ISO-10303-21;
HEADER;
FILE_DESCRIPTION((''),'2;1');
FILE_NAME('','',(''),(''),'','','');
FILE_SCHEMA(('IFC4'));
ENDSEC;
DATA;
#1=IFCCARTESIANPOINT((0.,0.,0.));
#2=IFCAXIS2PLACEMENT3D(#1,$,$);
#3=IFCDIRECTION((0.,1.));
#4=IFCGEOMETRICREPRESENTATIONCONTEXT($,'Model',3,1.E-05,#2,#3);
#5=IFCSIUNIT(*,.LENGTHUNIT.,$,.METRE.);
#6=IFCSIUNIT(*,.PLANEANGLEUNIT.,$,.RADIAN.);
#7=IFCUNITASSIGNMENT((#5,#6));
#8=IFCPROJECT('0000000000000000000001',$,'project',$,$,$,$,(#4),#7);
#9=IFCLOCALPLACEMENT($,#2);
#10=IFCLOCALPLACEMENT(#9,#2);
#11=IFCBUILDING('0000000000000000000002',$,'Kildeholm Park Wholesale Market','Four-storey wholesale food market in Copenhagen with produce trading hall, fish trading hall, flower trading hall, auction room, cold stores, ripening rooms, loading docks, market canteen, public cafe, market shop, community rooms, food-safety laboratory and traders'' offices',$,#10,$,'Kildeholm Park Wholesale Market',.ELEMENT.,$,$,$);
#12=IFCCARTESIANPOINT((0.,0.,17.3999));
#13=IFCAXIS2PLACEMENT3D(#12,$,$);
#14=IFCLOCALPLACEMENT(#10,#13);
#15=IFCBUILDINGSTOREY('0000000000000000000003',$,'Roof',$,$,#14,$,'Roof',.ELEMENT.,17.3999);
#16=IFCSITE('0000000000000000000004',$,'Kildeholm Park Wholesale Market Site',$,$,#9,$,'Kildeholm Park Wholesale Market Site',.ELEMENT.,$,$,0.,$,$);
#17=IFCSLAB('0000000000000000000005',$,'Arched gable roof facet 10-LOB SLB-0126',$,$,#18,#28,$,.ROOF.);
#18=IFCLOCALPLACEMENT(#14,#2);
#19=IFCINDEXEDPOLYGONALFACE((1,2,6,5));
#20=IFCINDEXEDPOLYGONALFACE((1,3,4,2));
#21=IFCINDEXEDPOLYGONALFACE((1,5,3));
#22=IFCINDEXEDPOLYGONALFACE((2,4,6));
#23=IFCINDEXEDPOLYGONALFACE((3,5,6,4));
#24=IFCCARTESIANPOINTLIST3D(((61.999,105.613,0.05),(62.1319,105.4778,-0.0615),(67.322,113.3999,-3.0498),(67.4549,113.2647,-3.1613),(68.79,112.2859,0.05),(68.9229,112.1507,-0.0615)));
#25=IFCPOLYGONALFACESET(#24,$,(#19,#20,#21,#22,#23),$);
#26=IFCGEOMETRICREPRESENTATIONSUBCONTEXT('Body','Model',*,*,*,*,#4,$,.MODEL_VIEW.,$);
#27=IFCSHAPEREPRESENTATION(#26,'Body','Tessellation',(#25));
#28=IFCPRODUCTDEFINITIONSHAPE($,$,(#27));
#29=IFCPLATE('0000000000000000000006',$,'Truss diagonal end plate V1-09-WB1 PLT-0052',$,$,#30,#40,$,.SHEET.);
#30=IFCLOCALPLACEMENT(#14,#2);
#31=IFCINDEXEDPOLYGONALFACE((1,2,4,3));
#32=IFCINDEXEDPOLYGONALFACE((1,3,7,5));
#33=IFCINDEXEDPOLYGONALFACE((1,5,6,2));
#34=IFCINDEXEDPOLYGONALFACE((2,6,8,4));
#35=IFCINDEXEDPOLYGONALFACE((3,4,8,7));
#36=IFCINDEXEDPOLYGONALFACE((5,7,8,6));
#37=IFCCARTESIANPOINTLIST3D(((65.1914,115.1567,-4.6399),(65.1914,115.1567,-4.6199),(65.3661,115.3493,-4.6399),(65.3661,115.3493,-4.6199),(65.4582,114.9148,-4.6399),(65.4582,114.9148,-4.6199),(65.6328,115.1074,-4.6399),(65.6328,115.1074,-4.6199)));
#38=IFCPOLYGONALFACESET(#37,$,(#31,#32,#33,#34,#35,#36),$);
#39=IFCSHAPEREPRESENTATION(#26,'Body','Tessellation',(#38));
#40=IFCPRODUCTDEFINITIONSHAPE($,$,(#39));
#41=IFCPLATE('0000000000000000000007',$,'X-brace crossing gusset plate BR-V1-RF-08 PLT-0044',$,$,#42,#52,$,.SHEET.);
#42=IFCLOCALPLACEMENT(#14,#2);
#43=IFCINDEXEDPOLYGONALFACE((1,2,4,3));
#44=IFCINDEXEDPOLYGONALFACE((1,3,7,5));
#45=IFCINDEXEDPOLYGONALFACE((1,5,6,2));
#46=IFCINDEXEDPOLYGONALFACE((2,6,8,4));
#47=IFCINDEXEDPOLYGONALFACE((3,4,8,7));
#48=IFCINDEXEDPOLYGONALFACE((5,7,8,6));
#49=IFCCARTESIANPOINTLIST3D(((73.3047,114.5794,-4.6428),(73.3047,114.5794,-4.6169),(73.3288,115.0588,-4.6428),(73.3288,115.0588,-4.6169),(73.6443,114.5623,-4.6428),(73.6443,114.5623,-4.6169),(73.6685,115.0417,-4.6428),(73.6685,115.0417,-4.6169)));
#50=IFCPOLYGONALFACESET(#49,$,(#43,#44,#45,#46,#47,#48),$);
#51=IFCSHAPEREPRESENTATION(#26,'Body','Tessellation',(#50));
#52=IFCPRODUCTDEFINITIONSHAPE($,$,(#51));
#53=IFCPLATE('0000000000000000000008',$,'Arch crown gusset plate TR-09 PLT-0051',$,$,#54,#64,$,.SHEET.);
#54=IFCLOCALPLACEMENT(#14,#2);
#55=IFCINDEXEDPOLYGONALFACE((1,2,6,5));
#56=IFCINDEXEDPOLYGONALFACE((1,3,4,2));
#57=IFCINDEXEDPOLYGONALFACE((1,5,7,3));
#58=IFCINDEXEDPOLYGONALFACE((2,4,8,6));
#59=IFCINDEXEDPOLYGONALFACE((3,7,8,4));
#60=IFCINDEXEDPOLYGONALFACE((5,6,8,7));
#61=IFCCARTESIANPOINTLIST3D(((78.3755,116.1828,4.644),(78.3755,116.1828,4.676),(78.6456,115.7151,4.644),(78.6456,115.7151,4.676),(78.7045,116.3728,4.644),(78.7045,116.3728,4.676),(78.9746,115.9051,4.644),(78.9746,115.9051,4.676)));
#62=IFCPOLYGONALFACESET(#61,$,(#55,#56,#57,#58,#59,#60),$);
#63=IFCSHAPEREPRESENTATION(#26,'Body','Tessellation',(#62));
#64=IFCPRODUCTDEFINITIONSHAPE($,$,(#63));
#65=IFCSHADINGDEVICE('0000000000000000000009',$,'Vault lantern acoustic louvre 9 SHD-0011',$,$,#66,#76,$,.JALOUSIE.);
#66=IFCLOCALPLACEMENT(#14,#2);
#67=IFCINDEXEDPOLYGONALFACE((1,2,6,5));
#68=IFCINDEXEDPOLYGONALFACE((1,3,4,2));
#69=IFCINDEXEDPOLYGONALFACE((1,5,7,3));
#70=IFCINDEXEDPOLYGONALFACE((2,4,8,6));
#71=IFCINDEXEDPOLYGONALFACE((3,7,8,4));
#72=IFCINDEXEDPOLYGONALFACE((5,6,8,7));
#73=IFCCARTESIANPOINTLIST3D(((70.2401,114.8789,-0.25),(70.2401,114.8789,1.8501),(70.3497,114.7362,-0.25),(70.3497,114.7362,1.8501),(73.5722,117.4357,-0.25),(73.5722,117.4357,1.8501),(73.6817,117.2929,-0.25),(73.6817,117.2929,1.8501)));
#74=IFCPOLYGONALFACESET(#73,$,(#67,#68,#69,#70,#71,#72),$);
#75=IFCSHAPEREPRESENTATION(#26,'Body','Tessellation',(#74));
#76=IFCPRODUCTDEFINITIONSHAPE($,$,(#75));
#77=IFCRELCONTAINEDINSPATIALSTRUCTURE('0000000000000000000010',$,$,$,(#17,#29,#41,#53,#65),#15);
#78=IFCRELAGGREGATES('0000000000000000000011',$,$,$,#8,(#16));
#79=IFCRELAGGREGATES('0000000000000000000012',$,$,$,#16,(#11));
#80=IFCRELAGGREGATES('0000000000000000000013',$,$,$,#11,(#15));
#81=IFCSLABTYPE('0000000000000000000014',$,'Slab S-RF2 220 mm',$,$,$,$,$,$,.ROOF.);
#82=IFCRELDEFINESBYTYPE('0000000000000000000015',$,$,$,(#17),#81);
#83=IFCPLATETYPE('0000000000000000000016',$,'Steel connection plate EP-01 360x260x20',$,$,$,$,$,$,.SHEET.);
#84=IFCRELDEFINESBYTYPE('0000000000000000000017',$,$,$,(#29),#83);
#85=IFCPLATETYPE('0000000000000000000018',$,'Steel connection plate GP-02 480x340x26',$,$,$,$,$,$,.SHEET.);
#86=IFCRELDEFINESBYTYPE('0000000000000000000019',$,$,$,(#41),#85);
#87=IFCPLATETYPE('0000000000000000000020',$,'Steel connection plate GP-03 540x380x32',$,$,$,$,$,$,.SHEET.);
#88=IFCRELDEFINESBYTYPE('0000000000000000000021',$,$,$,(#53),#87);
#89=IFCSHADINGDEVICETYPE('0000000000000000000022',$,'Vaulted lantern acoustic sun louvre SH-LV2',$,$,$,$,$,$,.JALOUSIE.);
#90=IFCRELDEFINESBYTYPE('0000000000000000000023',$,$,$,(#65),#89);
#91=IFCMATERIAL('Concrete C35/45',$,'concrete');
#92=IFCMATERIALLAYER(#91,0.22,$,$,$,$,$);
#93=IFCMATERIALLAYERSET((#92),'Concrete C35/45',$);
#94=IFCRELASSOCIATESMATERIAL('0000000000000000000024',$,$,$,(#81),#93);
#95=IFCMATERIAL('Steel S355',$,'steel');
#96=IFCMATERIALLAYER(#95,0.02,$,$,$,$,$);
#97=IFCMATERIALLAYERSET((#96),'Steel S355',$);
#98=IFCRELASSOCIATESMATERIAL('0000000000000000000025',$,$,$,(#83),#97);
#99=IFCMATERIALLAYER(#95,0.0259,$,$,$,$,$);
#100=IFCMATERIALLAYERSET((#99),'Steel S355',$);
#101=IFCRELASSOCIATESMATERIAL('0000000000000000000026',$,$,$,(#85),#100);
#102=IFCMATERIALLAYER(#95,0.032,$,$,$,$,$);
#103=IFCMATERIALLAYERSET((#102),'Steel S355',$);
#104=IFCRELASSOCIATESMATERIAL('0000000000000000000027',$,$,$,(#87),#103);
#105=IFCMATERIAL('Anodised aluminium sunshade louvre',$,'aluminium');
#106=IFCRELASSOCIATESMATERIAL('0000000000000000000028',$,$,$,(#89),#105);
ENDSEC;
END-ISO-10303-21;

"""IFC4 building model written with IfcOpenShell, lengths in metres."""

from ifc_helpers import new_model, si_unit, direction, frame, origin, origin_2d, place, context, subcontext, project, spatial, polyline, rectangle, outline, extrude, material, layer, layer_set, type_object, element, save


model = new_model("IFC4")

# Units and contexts
model_context = context("Model", 3, precision=1e-05, world=origin(), true_north=direction((0.0, 1.0)))
body_context = subcontext(model_context, "Body", "Model", "MODEL_VIEW")
ifc_project = project(units=[si_unit("LENGTHUNIT", "METRE"), si_unit("PLANEANGLEUNIT", "RADIAN")], contexts=[model_context])

# Site, building, storey
site_placement = place(None, origin())
site = spatial("IfcSite", under=ifc_project, at=site_placement, Name="Kildeholm Park Wholesale Market Site", LongName="Kildeholm Park Wholesale Market Site", CompositionType="ELEMENT", RefElevation=0.0)
building_placement = place(site_placement, origin())
building = spatial("IfcBuilding", under=site, at=building_placement, Name="Kildeholm Park Wholesale Market", Description="Four-storey wholesale food market in Copenhagen with produce trading hall, fish trading hall, flower trading hall, auction room, cold stores, ripening rooms, loading docks, market canteen, public cafe, market shop, community rooms, food-safety laboratory and traders' offices", LongName="Kildeholm Park Wholesale Market", CompositionType="ELEMENT")
storey_placement = place(building_placement, frame((0.0, 0.0, 17.3999)))
storey = spatial("IfcBuildingStorey", under=building, at=storey_placement, Name="Roof", LongName="Roof", CompositionType="ELEMENT", Elevation=17.3999)

# Shared definitions
ifc_material_1 = material(Name="Steel S355", Category="steel")

# Slab
ifc_material_2 = material(Name="Concrete C35/45", Category="concrete")
ifc_layer_1 = layer(ifc_material_2, 0.22)
ifc_layer_set_1 = layer_set([ifc_layer_1], Name="Concrete C35/45")
slab_type = type_object("IfcSlabType", Name="Slab S-RF2 220 mm", PredefinedType="ROOF", material=ifc_layer_set_1)
slab_1_placement = place(storey_placement, frame((67.322, 113.3999, -3.0498), z_axis=(-0.604102, 0.6148, 0.507033), x_axis=(-0.536123, -0.78428, 0.312212)))
element("IfcSlab", 1, at=slab_1_placement, inside=storey, type_object=slab_type, Name="Arched gable roof facet 10-LOB SLB-0126", PredefinedType="ROOF", context=body_context, shape_type="SweptSolid", body=[
    extrude(outline(polyline([(0.0, 0.0), (9.9287, 0.0), (1.0545, 3.4487), (0.0, 0.0)])), origin(), (0.0, 0.0, -1.0), 0.22),
])

# Plates
ifc_layer_2 = layer(ifc_material_1, 0.02)
ifc_layer_set_2 = layer_set([ifc_layer_2], Name="Steel S355")
plate_type_1 = type_object("IfcPlateType", Name="Steel connection plate EP-01 360x260x20", PredefinedType="SHEET", material=ifc_layer_set_2)
plate_1_placement = place(storey_placement, frame((65.4121, 115.1321, -4.6399), z_axis=(0.0, 0.0, 1.0), x_axis=(0.740805, -0.671721, 0.0)))
element("IfcPlate", 2, at=plate_1_placement, inside=storey, type_object=plate_type_1, Name="Truss diagonal end plate V1-09-WB1 PLT-0052", PredefinedType="SHEET", context=body_context, shape_type="SweptSolid", body=[
    extrude(rectangle(XDim=0.3601, YDim=0.26, at=origin_2d()), origin(), (0.0, 0.0, 1.0), 0.02),
])
ifc_layer_3 = layer(ifc_material_1, 0.0259)
ifc_layer_set_3 = layer_set([ifc_layer_3], Name="Steel S355")
plate_type_2 = type_object("IfcPlateType", Name="Steel connection plate GP-02 480x340x26", PredefinedType="SHEET", material=ifc_layer_set_3)
plate_2_placement = place(storey_placement, frame((73.4866, 114.8105, -4.6428), z_axis=(0.0, 0.0, 1.0), x_axis=(-0.050244, -0.998737, 0.0)))
element("IfcPlate", 3, at=plate_2_placement, inside=storey, type_object=plate_type_2, Name="X-brace crossing gusset plate BR-V1-RF-08 PLT-0044", PredefinedType="SHEET", context=body_context, shape_type="SweptSolid", body=[
    extrude(rectangle(XDim=0.48, YDim=0.3401, at=origin_2d()), origin(), (0.0, 0.0, 1.0), 0.0259),
])
ifc_layer_4 = layer(ifc_material_1, 0.032)
ifc_layer_set_4 = layer_set([ifc_layer_4], Name="Steel S355")
plate_type_3 = type_object("IfcPlateType", Name="Steel connection plate GP-03 540x380x32", PredefinedType="SHEET", material=ifc_layer_set_4)
plate_3_placement = place(storey_placement, frame((78.675, 116.0439, 4.644), z_axis=(0.0, 0.0, 1.0), x_axis=(-0.5, 0.866025, 0.0)))
element("IfcPlate", 4, at=plate_3_placement, inside=storey, type_object=plate_type_3, Name="Arch crown gusset plate TR-09 PLT-0051", PredefinedType="SHEET", context=body_context, shape_type="SweptSolid", body=[
    extrude(rectangle(XDim=0.54, YDim=0.3799, at=origin_2d()), origin(), (0.0, 0.0, 1.0), 0.032),
])

# Shading device
ifc_material_3 = material(Name="Anodised aluminium sunshade louvre", Category="aluminium")
shading_device_type = type_object("IfcShadingDeviceType", Name="Vaulted lantern acoustic sun louvre SH-LV2", PredefinedType="JALOUSIE", material=ifc_material_3)
shading_device_placement = place(storey_placement, frame((71.9609, 116.0859, -0.25), z_axis=(0.0, 0.0, 1.0), x_axis=(-0.793353, -0.608761, 0.0)))
element("IfcShadingDevice", 5, at=shading_device_placement, inside=storey, type_object=shading_device_type, Name="Vault lantern acoustic louvre 9 SHD-0011", PredefinedType="JALOUSIE", context=body_context, shape_type="SweptSolid", body=[
    extrude(rectangle(XDim=4.2, YDim=0.1799, at=origin_2d()), origin(), (0.0, 0.0, 1.0), 2.1001),
])

save(model, "model.ifc")
